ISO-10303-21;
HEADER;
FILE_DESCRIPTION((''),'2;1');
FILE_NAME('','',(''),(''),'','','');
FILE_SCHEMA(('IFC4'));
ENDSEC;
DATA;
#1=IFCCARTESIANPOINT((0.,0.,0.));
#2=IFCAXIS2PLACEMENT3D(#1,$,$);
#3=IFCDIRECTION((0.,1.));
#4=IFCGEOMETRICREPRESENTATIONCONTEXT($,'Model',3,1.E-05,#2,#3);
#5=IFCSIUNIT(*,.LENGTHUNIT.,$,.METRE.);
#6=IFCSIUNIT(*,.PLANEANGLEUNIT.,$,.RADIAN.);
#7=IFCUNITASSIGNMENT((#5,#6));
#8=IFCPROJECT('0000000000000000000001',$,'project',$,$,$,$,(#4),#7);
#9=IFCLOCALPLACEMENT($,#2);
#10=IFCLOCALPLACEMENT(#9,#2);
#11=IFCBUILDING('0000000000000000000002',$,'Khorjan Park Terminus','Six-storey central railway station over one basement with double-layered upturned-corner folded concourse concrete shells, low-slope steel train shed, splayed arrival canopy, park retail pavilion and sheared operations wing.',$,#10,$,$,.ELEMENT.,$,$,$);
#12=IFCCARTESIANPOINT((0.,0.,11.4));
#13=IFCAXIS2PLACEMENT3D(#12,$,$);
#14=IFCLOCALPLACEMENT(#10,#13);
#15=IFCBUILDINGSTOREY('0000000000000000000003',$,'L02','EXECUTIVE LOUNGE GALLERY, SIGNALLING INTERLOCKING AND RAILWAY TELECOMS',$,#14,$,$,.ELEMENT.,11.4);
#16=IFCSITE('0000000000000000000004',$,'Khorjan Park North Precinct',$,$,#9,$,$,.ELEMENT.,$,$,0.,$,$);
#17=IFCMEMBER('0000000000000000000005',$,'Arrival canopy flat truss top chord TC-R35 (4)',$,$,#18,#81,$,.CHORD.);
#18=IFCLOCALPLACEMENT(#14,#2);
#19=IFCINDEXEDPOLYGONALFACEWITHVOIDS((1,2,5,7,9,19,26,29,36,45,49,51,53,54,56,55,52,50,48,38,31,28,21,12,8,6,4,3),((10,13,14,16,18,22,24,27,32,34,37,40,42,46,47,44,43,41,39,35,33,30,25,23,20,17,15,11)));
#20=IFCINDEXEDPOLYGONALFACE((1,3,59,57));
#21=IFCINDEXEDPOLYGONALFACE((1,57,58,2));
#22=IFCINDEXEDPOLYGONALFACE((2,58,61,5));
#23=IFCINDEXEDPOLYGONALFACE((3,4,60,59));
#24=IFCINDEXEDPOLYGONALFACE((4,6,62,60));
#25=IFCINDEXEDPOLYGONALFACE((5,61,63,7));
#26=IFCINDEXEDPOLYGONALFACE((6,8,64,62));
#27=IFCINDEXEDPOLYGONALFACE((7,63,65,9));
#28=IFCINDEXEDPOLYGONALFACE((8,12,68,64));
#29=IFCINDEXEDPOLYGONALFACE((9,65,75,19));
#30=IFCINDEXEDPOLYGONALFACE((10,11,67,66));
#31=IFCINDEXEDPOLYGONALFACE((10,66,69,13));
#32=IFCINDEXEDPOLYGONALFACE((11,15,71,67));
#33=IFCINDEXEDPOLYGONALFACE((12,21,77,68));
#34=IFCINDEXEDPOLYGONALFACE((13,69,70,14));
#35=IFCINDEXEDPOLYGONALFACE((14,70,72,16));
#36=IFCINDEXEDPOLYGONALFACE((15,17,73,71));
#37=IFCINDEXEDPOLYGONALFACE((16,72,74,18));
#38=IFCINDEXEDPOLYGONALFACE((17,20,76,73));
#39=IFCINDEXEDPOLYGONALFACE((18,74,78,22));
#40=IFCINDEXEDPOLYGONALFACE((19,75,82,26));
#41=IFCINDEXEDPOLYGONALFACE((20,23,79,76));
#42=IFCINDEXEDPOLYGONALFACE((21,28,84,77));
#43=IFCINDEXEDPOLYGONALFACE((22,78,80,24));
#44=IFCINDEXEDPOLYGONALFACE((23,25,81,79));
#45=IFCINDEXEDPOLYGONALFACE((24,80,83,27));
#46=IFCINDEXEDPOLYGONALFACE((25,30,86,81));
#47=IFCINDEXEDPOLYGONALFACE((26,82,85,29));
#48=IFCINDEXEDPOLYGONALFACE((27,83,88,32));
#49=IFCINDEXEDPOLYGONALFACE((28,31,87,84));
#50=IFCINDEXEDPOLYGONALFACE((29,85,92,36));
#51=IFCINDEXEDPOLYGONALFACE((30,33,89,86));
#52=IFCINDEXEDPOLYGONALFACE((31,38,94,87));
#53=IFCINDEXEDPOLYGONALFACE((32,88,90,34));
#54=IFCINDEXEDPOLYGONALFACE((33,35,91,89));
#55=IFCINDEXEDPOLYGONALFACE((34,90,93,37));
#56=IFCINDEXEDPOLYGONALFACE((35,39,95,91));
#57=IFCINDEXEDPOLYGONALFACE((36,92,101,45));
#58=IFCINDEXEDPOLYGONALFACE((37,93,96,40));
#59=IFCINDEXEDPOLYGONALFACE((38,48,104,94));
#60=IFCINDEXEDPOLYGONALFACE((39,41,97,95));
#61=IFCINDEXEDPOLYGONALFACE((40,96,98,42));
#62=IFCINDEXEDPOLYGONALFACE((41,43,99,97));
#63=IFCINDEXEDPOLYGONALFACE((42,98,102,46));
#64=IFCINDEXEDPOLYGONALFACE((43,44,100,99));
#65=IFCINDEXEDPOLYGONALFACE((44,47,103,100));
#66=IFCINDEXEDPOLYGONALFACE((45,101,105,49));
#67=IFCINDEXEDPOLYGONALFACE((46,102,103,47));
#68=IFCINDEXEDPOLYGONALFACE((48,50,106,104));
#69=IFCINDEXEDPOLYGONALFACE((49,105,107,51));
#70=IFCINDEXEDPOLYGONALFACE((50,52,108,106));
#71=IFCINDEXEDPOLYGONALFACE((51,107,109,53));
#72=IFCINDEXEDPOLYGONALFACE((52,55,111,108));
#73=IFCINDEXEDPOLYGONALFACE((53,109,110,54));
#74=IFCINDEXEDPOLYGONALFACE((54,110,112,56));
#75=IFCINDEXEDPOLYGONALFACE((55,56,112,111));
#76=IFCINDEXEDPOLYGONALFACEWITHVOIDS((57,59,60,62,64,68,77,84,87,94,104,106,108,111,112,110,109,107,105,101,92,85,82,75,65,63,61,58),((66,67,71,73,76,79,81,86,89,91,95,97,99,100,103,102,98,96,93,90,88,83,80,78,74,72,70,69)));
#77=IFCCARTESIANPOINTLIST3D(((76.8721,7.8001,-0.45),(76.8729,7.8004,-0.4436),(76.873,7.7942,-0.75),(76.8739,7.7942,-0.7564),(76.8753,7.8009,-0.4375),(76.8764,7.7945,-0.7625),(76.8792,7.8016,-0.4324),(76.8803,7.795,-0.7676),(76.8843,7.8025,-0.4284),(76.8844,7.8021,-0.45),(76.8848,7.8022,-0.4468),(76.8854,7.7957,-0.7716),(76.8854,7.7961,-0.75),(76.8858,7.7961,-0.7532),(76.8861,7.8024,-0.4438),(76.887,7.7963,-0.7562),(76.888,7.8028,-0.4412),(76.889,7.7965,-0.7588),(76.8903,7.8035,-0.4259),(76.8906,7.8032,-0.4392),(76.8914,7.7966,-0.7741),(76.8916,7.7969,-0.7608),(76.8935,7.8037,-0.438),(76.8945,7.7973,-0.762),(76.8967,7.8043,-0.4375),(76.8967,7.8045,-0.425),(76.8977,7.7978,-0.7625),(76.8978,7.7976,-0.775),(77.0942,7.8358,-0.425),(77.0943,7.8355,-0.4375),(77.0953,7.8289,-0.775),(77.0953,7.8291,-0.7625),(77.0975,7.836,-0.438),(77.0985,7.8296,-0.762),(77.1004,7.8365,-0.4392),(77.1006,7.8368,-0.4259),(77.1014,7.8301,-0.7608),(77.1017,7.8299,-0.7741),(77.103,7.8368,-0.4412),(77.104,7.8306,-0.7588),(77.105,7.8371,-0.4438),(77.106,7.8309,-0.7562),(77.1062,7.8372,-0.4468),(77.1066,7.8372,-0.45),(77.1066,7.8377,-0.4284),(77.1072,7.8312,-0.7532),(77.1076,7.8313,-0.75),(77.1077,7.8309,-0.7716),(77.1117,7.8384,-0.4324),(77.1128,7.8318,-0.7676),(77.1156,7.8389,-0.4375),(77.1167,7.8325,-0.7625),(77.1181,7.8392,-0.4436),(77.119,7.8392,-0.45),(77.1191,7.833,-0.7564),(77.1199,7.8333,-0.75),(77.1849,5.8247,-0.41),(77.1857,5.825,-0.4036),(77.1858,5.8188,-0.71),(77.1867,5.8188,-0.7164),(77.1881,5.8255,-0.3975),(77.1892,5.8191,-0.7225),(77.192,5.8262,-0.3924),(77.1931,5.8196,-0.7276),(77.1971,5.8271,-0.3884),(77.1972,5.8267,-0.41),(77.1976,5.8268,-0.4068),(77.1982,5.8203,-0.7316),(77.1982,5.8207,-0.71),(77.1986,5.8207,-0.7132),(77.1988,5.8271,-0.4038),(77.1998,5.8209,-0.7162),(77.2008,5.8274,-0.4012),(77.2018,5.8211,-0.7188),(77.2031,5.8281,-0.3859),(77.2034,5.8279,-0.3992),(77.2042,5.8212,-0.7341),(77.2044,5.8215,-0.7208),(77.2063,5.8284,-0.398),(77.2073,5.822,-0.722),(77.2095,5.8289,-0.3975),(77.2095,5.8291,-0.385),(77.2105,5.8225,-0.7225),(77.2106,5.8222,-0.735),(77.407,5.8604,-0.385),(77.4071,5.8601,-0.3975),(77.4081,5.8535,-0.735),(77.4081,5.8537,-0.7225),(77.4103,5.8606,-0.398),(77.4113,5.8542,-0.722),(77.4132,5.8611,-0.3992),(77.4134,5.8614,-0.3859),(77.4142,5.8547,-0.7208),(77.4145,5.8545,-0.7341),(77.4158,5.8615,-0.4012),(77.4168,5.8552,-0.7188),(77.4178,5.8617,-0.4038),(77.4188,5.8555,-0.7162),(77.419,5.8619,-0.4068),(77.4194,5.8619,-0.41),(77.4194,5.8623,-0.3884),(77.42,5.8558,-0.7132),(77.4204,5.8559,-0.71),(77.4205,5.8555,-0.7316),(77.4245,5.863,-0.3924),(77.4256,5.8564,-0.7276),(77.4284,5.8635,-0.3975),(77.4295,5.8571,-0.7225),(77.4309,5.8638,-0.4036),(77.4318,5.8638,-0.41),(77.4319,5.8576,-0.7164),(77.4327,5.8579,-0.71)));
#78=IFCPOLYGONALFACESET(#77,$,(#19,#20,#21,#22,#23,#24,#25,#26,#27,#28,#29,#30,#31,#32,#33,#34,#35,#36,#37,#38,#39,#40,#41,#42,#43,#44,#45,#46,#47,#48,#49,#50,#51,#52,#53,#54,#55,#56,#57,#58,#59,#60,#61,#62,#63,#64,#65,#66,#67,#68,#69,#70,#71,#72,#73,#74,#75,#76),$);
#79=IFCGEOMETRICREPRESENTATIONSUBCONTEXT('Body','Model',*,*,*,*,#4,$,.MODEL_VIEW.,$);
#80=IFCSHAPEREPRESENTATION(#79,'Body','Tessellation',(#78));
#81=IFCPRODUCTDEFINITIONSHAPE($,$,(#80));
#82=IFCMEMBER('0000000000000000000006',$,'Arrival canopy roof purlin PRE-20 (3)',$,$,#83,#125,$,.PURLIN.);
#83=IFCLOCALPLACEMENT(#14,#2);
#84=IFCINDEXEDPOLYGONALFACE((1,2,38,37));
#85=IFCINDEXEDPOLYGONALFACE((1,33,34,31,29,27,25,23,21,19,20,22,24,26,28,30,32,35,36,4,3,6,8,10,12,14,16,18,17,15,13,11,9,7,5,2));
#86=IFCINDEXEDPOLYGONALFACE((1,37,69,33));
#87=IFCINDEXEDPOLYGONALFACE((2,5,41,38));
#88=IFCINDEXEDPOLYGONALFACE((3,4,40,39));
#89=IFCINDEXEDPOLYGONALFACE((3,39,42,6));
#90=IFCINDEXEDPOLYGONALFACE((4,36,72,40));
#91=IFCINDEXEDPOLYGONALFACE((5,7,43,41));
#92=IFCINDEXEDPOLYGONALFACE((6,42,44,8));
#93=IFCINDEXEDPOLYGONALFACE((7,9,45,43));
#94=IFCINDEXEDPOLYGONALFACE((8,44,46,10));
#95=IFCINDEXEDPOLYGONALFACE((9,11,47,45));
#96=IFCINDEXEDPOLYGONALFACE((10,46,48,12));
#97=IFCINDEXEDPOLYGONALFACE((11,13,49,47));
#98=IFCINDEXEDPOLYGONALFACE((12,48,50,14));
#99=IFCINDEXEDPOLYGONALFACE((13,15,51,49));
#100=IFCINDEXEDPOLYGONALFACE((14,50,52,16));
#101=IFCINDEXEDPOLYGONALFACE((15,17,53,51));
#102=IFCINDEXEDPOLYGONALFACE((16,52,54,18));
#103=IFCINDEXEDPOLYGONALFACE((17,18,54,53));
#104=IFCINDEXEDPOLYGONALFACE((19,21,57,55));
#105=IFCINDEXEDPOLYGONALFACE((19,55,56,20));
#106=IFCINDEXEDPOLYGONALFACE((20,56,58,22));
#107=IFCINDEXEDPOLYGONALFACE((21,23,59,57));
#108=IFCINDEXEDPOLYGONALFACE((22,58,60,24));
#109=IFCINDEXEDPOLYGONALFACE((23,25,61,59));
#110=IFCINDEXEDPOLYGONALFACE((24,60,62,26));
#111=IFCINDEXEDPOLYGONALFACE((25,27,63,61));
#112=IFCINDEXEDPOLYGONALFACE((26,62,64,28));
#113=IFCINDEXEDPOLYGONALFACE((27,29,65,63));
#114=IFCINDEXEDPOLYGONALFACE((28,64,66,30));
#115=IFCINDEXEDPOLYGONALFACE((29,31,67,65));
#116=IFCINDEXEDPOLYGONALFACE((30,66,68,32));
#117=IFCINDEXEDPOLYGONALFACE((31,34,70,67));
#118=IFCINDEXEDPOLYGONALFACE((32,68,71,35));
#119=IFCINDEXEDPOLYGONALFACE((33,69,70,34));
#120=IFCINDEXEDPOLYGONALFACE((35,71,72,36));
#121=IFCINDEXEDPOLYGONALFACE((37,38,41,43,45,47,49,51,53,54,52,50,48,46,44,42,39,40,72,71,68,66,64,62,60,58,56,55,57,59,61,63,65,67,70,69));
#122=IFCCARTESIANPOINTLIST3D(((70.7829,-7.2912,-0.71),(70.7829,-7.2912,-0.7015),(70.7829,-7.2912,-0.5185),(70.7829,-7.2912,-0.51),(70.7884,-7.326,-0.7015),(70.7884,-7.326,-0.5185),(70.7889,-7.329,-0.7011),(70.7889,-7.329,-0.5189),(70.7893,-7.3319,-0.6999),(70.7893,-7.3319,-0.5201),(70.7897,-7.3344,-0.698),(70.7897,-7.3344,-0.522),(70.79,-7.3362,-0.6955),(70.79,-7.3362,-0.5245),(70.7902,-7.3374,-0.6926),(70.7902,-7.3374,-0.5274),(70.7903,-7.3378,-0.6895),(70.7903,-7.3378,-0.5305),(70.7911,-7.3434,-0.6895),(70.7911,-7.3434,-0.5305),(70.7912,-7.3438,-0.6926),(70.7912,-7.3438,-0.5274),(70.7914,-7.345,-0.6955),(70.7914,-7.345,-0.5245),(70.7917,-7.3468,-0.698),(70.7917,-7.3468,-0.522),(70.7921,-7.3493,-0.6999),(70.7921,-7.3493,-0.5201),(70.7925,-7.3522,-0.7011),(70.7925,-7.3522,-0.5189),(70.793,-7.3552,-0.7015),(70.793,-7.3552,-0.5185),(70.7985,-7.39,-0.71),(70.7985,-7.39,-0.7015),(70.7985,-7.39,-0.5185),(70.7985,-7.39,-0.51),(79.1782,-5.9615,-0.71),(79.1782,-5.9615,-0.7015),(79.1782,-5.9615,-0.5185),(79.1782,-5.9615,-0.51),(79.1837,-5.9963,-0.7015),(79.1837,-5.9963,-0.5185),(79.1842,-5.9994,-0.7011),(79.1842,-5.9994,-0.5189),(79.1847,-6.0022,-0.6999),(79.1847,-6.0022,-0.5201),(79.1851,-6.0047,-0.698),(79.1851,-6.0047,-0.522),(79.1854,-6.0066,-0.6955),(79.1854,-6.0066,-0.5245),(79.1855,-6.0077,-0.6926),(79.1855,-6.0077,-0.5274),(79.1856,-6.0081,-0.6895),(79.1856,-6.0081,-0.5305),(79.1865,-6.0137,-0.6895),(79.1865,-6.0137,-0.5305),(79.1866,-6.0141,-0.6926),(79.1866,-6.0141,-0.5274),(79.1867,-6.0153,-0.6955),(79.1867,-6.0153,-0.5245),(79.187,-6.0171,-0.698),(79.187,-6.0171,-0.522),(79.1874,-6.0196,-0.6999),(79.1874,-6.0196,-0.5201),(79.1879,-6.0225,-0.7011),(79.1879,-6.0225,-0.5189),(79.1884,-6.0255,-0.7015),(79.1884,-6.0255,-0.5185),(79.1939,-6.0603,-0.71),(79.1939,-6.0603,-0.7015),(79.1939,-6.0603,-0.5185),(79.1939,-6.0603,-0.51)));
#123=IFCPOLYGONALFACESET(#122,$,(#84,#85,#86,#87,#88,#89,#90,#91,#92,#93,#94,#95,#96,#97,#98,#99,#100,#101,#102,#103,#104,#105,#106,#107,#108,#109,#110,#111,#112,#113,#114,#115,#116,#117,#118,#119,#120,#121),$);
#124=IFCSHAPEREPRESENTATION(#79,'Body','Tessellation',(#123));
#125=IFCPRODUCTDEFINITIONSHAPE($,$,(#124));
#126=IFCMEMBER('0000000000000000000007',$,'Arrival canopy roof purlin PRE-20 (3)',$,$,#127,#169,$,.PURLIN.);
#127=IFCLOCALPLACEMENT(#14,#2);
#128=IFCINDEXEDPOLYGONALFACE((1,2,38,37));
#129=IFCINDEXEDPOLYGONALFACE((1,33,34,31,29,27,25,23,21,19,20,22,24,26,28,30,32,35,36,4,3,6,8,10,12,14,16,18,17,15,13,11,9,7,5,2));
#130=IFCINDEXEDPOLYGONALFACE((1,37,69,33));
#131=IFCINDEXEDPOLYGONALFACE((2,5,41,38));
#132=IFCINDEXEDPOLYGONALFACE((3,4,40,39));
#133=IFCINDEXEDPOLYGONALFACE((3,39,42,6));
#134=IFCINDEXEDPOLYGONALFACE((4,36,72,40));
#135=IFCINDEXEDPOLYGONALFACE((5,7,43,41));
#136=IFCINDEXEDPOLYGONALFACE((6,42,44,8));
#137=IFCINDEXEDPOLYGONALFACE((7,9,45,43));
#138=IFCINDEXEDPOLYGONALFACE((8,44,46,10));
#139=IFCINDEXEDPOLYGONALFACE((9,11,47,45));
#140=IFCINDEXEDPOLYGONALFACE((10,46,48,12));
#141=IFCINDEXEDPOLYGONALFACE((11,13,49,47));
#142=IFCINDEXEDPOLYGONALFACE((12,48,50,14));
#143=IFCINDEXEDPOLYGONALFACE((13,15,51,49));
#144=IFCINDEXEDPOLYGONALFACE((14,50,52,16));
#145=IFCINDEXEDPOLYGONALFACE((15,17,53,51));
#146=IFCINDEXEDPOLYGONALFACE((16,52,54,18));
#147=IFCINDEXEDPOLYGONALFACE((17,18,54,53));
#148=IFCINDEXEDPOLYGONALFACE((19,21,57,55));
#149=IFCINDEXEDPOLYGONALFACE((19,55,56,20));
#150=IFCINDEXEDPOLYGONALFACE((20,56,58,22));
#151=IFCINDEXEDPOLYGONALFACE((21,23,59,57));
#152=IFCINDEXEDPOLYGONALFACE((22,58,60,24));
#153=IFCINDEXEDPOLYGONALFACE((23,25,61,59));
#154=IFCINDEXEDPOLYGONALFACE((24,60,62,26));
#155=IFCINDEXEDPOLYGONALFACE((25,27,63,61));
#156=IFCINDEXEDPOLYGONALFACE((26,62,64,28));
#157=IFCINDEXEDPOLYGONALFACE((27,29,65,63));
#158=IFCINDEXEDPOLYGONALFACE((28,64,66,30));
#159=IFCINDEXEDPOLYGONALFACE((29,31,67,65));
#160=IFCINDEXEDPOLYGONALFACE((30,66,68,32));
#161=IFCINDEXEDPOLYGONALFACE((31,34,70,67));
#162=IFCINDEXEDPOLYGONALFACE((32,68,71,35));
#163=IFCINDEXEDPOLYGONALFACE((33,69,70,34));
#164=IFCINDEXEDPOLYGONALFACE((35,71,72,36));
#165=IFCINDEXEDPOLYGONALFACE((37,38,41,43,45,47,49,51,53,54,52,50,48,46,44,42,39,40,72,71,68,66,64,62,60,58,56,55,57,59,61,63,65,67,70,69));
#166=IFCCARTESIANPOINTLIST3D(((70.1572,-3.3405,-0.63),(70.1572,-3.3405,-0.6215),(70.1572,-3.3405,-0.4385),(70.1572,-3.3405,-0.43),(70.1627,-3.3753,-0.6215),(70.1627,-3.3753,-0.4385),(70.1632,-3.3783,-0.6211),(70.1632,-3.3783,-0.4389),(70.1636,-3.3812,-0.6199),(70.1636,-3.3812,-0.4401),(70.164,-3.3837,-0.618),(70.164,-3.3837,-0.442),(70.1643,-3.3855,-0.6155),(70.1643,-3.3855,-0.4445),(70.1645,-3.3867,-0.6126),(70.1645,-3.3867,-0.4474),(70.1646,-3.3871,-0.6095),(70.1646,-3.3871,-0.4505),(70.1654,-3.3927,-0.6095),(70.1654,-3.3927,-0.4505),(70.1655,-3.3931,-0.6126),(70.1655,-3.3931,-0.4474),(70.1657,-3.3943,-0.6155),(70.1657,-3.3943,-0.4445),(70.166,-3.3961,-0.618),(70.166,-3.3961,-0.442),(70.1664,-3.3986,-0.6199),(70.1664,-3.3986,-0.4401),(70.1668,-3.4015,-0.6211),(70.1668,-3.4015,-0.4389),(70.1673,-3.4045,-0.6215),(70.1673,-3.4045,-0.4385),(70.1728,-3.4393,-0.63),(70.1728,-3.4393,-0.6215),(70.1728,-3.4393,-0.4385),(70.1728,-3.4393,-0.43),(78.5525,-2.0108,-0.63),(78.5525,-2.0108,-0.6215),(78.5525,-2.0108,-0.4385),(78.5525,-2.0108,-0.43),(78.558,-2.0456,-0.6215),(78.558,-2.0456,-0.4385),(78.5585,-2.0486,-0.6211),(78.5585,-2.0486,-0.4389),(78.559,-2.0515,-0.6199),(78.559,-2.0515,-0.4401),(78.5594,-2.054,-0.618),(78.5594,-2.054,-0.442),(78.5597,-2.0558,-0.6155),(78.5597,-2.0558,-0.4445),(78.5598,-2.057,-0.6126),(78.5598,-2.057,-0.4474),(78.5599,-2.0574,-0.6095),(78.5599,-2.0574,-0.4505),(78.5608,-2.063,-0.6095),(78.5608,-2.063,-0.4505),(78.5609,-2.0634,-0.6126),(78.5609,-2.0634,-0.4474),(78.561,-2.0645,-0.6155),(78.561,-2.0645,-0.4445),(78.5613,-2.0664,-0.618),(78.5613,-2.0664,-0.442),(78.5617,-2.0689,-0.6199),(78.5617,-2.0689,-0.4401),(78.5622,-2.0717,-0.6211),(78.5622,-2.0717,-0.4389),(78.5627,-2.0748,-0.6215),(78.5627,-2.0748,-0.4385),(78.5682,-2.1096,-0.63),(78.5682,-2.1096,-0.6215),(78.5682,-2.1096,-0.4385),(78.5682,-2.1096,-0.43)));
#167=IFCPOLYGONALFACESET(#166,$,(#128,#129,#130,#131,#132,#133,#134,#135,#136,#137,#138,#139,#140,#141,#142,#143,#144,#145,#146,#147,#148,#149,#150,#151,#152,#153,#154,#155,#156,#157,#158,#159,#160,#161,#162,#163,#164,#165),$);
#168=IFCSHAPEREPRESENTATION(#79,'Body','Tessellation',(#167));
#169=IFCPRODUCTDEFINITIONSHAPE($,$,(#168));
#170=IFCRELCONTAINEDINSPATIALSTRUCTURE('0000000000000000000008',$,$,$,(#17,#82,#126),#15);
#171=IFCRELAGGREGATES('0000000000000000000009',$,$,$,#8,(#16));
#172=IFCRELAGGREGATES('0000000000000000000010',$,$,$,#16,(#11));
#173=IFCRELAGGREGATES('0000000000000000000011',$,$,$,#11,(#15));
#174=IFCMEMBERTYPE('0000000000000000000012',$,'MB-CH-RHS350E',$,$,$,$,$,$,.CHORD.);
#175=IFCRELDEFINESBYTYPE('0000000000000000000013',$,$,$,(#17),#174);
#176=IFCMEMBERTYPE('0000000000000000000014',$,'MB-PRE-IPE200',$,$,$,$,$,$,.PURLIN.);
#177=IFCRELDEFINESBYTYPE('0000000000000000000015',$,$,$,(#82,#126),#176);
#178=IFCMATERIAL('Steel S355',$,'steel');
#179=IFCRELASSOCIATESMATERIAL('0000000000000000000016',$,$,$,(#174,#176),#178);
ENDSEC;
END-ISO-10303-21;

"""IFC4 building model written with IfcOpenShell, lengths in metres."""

from ifc_helpers import new_model, si_unit, direction, frame, origin, origin_2d, place, context, subcontext, project, spatial, hollow_rectangle, i_section, extrude, material, material_profile, profile_set, type_object, element, save


model = new_model("IFC4")

# Units and contexts
model_context = context("Model", 3, precision=1e-05, world=origin(), true_north=direction((0.0, 1.0)))
body_context = subcontext(model_context, "Body", "Model", "MODEL_VIEW")
ifc_project = project(units=[si_unit("LENGTHUNIT", "METRE"), si_unit("PLANEANGLEUNIT", "RADIAN")], contexts=[model_context])

# Site, building, storey
site_placement = place(None, origin())
site = spatial("IfcSite", under=ifc_project, at=site_placement, Name="Khorjan Park North Precinct", CompositionType="ELEMENT", RefElevation=0.0)
building_placement = place(site_placement, origin())
building = spatial("IfcBuilding", under=site, at=building_placement, Name="Khorjan Park Terminus", Description="Six-storey central railway station over one basement with double-layered upturned-corner folded concourse concrete shells, low-slope steel train shed, splayed arrival canopy, park retail pavilion and sheared operations wing.", CompositionType="ELEMENT")
storey_placement = place(building_placement, frame((0.0, 0.0, 11.4)))
storey = spatial("IfcBuildingStorey", under=building, at=storey_placement, Name="L02", Description="EXECUTIVE LOUNGE GALLERY, SIGNALLING INTERLOCKING AND RAILWAY TELECOMS", CompositionType="ELEMENT", Elevation=11.4)

# Members
ifc_material = material(Name="Steel S355", Category="steel")
ifc_material_profile_1 = material_profile(ifc_material, hollow_rectangle(XDim=0.25, YDim=0.35, WallThickness=0.0125, InnerFilletRadius=0.0125, OuterFilletRadius=0.025, at=origin_2d()), Name="RHS 350x250x12.5")
ifc_profile_set_1 = profile_set([ifc_material_profile_1], Name="Steel S355")
member_type_1 = type_object("IfcMemberType", Name="MB-CH-RHS350E", PredefinedType="CHORD", material=ifc_profile_set_1)
member_1_placement = place(storey_placement, frame((77.3088, 5.8413, -0.56), z_axis=(-0.156368, 0.987496, -0.019996), x_axis=(-0.987694, -0.156399, 0.0)))
element("IfcMember", 1, at=member_1_placement, inside=storey, type_object=member_type_1, Name="Arrival canopy flat truss top chord TC-R35 (4)", PredefinedType="CHORD", context=body_context, shape_type="SweptSolid", body=[
    extrude(hollow_rectangle(XDim=0.25, YDim=0.35, WallThickness=0.0125, InnerFilletRadius=0.0125, OuterFilletRadius=0.025, at=origin_2d()), origin(), (0.0, 0.0, 1.0), 2.0004),
])
ifc_material_profile_2 = material_profile(ifc_material, i_section(OverallWidth=0.1, OverallDepth=0.2, WebThickness=0.0056, FlangeThickness=0.0085, FilletRadius=0.012, at=origin_2d()), Name="IPE 200")
ifc_profile_set_2 = profile_set([ifc_material_profile_2], Name="Steel S355")
member_type_2 = type_object("IfcMemberType", Name="MB-PRE-IPE200", PredefinedType="PURLIN", material=ifc_profile_set_2)
for number, where, z_axis, x_axis, name in (
    (2, (70.7907, -7.3406, -0.61), (0.987688, 0.156434, 0.0), (-0.156434, 0.987688, 0.0), "Arrival canopy roof purlin PRE-20 (3)"),
    (3, (70.165, -3.3899, -0.53), (0.987688, 0.156436, 0.0), (-0.156436, 0.987688, 0.0), "Arrival canopy roof purlin PRE-20 (3)"),
):
    element("IfcMember", number, at=place(storey_placement, frame(where, z_axis=z_axis, x_axis=x_axis)), inside=storey, type_object=member_type_2, Name=name, PredefinedType="PURLIN", context=body_context, shape_type="SweptSolid", body=[
        extrude(i_section(OverallWidth=0.1, OverallDepth=0.2, WebThickness=0.0056, FlangeThickness=0.0085, FilletRadius=0.012, at=origin_2d()), origin(), (0.0, 0.0, 1.0), 8.5),
    ])

save(model, "model.ifc")
